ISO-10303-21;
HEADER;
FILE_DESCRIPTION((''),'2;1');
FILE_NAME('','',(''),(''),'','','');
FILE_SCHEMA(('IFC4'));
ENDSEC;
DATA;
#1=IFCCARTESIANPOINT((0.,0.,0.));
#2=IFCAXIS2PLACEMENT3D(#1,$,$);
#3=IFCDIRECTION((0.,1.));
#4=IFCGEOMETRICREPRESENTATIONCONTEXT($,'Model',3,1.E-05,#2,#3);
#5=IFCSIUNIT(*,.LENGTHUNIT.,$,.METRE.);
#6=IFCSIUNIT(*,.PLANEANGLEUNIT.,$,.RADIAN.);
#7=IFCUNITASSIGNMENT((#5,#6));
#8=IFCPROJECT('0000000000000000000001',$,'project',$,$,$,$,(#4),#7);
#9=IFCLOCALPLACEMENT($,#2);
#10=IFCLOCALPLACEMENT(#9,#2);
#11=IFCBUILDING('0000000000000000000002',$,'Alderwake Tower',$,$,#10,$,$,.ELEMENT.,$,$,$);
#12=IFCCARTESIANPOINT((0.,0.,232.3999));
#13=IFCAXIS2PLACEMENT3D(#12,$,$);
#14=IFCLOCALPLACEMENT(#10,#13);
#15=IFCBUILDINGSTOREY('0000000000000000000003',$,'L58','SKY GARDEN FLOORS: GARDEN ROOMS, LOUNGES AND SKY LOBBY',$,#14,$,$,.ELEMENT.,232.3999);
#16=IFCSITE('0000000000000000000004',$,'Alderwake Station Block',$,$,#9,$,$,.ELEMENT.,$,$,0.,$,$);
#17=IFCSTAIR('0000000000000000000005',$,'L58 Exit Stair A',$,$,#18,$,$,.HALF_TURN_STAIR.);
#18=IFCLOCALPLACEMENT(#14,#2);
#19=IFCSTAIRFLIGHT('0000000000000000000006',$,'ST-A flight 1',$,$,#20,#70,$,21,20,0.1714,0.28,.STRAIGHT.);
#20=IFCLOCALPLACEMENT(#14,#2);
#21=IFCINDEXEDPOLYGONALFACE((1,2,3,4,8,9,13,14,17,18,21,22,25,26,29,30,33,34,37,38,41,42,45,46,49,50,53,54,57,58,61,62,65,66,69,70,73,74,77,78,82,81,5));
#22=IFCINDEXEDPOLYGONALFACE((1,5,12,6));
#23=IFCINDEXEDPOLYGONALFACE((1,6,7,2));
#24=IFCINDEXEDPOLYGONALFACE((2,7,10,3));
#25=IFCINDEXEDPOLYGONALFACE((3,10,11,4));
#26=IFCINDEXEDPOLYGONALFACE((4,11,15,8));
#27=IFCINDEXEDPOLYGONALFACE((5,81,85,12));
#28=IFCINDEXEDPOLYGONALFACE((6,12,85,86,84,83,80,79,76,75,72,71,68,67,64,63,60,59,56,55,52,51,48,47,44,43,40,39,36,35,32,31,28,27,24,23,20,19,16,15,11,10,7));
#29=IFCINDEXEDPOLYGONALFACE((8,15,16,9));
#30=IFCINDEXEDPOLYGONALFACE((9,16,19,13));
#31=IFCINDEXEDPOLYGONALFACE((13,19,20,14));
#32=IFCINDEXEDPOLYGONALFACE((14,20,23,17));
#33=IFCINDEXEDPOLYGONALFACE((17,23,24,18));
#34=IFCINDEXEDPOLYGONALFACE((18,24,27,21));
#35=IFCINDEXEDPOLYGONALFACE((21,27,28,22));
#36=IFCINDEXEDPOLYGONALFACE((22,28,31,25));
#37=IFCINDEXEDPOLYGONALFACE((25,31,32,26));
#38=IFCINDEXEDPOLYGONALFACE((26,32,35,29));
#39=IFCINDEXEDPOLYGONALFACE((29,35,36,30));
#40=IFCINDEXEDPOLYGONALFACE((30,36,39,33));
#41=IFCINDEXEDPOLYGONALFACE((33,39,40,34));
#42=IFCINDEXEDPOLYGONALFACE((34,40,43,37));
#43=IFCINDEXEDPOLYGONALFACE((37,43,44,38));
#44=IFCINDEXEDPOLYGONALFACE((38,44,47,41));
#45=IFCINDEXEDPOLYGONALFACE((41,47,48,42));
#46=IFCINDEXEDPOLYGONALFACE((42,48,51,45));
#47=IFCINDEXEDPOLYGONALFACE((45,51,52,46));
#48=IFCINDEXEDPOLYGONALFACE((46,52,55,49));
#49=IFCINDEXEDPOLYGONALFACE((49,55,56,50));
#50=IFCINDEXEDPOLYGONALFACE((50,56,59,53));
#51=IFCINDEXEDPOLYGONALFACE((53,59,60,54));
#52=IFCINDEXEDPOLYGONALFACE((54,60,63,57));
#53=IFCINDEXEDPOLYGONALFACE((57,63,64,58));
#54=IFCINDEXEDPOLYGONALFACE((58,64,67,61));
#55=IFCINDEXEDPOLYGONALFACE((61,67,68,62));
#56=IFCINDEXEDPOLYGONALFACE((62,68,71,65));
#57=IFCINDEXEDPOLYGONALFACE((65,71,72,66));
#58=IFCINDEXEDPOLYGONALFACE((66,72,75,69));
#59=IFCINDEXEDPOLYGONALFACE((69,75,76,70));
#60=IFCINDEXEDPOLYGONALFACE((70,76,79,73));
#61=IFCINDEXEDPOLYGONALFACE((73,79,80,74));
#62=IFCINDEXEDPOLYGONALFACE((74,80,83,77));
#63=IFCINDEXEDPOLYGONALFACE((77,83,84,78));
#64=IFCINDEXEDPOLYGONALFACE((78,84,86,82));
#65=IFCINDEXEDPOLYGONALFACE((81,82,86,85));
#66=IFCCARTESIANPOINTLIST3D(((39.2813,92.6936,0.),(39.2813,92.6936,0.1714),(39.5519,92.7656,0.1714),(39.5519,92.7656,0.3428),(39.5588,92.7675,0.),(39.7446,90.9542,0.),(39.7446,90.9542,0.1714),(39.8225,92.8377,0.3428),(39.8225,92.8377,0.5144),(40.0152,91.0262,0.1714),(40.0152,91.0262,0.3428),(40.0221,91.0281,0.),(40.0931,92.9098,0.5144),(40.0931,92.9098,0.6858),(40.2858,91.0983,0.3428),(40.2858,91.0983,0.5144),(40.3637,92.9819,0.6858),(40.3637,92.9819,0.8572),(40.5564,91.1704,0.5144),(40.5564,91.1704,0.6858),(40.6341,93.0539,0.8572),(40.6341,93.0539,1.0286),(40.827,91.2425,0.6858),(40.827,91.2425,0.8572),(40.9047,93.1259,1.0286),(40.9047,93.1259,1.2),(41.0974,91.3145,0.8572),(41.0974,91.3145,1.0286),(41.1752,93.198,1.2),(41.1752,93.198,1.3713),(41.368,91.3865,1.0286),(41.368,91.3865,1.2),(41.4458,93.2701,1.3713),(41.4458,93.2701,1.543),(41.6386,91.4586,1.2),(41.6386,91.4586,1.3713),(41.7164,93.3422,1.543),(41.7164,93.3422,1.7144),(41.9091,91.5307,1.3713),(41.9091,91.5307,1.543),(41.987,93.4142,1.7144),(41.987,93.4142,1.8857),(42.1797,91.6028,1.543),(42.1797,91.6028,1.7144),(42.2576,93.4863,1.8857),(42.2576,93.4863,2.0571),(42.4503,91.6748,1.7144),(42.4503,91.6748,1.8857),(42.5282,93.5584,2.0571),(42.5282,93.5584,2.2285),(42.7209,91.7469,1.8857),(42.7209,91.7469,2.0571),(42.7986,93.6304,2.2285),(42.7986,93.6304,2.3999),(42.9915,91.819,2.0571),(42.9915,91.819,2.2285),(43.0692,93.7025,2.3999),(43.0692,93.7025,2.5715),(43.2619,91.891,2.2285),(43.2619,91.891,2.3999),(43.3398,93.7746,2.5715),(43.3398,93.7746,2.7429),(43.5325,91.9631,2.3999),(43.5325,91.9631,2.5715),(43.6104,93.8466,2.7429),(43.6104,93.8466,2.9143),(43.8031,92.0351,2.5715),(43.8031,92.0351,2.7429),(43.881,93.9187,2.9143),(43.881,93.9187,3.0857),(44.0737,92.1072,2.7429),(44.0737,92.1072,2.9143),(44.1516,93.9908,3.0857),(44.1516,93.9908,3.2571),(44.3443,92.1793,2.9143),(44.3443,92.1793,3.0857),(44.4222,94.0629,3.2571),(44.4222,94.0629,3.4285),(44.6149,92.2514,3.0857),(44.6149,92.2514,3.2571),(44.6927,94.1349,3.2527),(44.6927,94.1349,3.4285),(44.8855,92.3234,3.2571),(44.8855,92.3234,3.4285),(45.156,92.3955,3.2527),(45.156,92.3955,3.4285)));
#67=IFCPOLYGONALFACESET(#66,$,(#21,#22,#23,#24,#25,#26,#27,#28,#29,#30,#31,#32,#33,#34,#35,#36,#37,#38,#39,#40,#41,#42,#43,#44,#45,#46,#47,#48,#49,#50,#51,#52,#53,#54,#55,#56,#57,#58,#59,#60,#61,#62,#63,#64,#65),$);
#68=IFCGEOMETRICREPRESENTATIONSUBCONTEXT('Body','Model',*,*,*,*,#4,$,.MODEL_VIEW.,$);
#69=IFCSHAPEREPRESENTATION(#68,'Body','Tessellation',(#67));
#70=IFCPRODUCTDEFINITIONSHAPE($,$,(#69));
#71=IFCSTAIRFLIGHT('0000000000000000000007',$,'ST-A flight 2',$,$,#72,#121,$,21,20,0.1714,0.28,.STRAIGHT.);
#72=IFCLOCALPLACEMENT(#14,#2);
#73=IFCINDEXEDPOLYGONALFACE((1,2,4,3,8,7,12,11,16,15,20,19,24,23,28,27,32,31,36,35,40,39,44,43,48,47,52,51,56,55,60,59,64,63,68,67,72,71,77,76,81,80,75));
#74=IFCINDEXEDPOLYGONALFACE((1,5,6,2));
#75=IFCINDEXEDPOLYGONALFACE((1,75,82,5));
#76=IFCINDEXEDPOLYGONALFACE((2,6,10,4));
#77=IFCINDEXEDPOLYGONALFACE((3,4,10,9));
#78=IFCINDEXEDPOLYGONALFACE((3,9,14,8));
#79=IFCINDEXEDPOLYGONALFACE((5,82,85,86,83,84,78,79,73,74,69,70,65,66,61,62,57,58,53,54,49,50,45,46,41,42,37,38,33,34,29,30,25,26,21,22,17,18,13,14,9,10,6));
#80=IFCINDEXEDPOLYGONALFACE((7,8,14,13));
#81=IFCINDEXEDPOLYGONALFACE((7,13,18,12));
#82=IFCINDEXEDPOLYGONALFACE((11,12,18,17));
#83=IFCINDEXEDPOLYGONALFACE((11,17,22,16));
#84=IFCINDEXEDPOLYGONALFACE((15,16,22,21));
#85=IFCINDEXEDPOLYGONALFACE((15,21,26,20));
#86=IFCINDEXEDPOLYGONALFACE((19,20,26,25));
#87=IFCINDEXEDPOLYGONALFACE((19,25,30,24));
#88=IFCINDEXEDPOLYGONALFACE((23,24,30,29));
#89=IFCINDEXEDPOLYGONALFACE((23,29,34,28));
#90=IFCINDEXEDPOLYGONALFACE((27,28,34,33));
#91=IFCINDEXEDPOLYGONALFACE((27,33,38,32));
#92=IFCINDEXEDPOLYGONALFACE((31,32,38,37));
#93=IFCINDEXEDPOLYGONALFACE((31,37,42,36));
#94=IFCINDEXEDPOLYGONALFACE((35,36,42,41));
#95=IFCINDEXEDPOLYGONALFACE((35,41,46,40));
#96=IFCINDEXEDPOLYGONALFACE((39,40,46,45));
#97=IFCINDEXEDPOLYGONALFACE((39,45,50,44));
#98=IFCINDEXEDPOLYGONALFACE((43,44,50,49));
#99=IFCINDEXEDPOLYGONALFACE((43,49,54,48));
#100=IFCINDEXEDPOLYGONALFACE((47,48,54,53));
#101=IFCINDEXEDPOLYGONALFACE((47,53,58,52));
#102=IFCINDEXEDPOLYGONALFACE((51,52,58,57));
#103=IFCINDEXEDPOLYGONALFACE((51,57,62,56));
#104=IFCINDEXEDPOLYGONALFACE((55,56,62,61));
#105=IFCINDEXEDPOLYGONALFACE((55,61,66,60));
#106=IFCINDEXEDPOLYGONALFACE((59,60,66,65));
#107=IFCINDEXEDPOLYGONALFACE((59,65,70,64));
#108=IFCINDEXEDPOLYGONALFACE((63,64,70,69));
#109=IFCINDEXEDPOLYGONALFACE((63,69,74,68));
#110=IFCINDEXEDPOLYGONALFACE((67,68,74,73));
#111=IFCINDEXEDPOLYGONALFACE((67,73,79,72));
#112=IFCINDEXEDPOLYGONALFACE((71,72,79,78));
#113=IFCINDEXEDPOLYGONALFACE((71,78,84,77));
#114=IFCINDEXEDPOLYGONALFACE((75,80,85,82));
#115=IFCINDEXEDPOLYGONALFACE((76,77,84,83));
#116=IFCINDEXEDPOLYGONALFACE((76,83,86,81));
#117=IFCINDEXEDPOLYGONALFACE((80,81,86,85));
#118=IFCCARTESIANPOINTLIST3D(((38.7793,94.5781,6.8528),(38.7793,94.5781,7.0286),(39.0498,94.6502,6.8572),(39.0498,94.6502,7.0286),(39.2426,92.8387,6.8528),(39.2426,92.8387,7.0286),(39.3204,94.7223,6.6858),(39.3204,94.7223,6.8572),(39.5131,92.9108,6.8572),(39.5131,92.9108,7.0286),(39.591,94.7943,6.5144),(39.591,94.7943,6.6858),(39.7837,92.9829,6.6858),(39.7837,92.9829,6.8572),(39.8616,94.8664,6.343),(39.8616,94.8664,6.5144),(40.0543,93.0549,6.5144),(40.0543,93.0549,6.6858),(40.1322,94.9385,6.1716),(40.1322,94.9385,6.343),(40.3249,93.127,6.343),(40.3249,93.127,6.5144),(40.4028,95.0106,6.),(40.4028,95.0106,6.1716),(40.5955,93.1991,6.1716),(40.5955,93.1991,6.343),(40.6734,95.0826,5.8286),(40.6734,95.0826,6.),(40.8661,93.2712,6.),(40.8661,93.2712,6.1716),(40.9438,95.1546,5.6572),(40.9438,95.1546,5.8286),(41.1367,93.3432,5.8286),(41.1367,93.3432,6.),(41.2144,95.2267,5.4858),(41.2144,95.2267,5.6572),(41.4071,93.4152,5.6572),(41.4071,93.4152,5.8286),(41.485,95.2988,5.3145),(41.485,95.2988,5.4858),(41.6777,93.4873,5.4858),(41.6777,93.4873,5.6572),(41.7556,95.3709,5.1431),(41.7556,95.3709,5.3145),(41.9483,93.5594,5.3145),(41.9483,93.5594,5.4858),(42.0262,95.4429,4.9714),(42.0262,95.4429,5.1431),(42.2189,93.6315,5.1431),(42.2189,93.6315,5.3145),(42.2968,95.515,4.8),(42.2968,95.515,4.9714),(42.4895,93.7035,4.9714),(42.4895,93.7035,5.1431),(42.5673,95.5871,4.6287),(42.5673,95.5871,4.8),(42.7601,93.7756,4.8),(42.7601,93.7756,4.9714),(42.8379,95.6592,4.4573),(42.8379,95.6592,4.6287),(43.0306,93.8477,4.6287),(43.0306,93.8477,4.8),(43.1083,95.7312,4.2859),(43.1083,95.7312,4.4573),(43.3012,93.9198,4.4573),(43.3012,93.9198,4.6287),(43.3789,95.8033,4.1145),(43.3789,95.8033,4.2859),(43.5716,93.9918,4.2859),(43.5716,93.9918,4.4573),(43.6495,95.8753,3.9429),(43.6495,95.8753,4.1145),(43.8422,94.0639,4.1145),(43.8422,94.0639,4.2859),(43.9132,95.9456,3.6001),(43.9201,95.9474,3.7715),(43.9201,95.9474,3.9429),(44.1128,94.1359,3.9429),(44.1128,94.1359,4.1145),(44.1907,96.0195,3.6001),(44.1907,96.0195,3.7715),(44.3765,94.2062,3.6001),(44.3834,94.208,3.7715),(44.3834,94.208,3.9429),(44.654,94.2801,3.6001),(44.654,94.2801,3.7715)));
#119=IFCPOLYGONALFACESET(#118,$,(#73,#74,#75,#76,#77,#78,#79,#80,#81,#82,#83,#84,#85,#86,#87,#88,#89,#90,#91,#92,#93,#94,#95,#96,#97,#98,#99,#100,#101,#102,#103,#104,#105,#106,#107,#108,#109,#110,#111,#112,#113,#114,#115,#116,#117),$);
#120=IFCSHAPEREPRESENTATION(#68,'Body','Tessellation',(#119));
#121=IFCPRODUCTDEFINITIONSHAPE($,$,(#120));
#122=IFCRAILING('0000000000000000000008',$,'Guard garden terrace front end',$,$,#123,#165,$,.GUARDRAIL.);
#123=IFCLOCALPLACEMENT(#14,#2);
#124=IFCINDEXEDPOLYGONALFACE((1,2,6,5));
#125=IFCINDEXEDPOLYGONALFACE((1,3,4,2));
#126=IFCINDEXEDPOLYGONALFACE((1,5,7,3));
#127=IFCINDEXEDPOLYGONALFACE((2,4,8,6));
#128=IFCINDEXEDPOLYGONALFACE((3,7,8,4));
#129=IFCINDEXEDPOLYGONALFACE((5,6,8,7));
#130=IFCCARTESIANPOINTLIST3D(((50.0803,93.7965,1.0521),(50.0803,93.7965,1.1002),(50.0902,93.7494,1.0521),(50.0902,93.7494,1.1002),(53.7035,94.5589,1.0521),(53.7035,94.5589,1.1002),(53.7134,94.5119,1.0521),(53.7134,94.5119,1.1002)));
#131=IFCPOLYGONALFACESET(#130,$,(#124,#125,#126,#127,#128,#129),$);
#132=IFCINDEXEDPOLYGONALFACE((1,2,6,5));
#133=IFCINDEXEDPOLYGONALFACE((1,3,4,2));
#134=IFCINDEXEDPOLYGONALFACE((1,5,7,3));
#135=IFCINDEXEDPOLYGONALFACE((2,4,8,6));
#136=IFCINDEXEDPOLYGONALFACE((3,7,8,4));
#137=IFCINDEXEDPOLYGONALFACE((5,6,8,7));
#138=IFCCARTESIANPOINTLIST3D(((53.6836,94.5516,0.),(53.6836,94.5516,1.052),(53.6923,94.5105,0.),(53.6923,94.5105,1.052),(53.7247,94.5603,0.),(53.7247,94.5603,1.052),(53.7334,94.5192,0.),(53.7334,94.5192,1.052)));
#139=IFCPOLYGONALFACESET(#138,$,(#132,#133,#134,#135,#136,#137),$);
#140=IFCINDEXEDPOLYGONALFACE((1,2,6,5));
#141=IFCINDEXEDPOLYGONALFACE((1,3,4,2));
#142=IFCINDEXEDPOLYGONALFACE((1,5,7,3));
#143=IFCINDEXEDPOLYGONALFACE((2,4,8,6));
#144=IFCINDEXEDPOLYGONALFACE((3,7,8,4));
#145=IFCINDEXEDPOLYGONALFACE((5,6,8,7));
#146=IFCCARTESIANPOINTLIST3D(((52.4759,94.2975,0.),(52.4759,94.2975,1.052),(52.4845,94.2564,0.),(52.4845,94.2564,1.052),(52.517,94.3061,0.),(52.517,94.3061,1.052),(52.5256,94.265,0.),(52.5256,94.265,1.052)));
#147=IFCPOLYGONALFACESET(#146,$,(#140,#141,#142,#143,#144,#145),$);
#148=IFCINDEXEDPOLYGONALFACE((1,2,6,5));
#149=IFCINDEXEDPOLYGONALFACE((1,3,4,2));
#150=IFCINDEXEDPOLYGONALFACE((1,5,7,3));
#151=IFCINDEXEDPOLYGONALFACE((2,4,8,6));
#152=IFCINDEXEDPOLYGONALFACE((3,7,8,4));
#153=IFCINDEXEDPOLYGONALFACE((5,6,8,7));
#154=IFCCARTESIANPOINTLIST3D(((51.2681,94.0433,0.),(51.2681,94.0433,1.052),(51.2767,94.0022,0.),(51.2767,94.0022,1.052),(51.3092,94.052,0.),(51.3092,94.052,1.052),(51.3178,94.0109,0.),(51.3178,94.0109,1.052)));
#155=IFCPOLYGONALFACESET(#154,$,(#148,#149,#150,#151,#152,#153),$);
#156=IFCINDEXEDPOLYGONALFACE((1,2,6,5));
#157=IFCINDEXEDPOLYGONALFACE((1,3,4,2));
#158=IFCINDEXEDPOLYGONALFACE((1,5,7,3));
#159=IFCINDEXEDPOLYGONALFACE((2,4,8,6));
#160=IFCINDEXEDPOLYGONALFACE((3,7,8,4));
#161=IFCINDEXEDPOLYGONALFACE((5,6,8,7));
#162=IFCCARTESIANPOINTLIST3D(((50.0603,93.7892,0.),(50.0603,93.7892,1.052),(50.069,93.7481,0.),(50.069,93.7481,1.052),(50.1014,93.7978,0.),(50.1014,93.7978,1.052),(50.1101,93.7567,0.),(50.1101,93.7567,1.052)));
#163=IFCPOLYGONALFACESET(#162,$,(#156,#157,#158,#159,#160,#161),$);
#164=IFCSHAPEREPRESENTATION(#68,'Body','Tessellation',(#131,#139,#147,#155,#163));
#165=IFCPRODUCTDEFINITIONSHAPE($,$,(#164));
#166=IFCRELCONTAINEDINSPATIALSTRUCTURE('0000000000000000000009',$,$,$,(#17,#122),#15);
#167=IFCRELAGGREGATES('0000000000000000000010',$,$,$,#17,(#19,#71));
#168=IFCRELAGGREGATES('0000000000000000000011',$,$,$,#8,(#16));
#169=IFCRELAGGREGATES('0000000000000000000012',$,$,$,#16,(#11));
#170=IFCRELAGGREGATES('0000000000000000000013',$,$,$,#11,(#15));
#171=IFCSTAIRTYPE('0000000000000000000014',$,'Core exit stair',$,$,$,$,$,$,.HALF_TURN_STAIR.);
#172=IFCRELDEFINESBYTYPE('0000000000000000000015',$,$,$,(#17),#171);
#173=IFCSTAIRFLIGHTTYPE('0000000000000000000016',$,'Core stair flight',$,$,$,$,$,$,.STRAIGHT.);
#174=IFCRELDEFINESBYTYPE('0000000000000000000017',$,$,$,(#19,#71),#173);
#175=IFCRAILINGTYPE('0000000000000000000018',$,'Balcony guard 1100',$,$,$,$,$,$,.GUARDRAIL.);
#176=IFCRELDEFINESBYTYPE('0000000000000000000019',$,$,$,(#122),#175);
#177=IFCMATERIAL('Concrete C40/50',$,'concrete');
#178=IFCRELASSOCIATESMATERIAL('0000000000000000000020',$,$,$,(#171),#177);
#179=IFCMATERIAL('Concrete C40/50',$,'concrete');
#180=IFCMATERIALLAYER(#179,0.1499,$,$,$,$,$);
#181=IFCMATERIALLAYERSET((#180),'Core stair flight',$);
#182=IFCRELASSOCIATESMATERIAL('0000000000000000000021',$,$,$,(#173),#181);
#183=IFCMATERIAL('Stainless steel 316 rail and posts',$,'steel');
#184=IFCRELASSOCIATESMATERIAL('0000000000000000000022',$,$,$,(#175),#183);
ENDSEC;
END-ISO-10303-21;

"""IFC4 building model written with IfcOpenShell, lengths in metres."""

from ifc_helpers import new_model, si_unit, direction, frame, origin, origin_2d, place, context, subcontext, project, spatial, polyline, rectangle, outline, extrude, material, layer, layer_set, type_object, element, aggregate, save


model = new_model("IFC4")

# Units and contexts
model_context = context("Model", 3, precision=1e-05, world=origin(), true_north=direction((0.0, 1.0)))
body_context = subcontext(model_context, "Body", "Model", "MODEL_VIEW")
ifc_project = project(units=[si_unit("LENGTHUNIT", "METRE"), si_unit("PLANEANGLEUNIT", "RADIAN")], contexts=[model_context])

# Site, building, storey
site_placement = place(None, origin())
site = spatial("IfcSite", under=ifc_project, at=site_placement, Name="Alderwake Station Block", CompositionType="ELEMENT", RefElevation=0.0)
building_placement = place(site_placement, origin())
building = spatial("IfcBuilding", under=site, at=building_placement, Name="Alderwake Tower", CompositionType="ELEMENT")
storey_placement = place(building_placement, frame((0.0, 0.0, 232.3999)))
storey = spatial("IfcBuildingStorey", under=building, at=storey_placement, Name="L58", Description="SKY GARDEN FLOORS: GARDEN ROOMS, LOUNGES AND SKY LOBBY", CompositionType="ELEMENT", Elevation=232.3999)

# Stair, stair flights
ifc_material_1 = material(Name="Concrete C40/50", Category="concrete")
stair_type = type_object("IfcStairType", Name="Core exit stair", PredefinedType="HALF_TURN_STAIR", material=ifc_material_1)
stair_placement = place(storey_placement, origin())
stair = element("IfcStair", 1, at=stair_placement, inside=storey, type_object=stair_type, Name="L58 Exit Stair A", PredefinedType="HALF_TURN_STAIR")
ifc_material_2 = material(Name="Concrete C40/50", Category="concrete")
ifc_layer_1 = layer(ifc_material_2, 0.1499)
ifc_layer_set_1 = layer_set([ifc_layer_1], Name="Core stair flight")
stair_flight_type = type_object("IfcStairFlightType", Name="Core stair flight", PredefinedType="STRAIGHT", material=ifc_layer_set_1)
stair_flight_1_placement = place(storey_placement, frame((39.5129, 91.824, 0.0), z_axis=(0.0, 0.0, 1.0), x_axis=(0.96631, 0.257382, 0.0)))
stair_flight_1 = element("IfcStairFlight", 2, at=stair_flight_1_placement, type_object=stair_flight_type, Name="ST-A flight 1", NumberOfRisers=21, NumberOfTreads=20, PredefinedType="STRAIGHT", RiserHeight=0.1714, TreadLength=0.28, context=body_context, shape_type="SweptSolid", body=[
    extrude(outline(polyline([(0.0, 0.0), (0.0, 0.1714), (0.28, 0.1714), (0.28, 0.3428), (0.5601, 0.3428), (0.5601, 0.5144), (0.8401, 0.5144), (0.8401, 0.6858), (1.1201, 0.6858), (1.1201, 0.8572), (1.3999, 0.8572), (1.3999, 1.0286), (1.6799, 1.0286), (1.6799, 1.2), (1.96, 1.2), (1.96, 1.3713), (2.24, 1.3713), (2.24, 1.543), (2.52, 1.543), (2.52, 1.7144), (2.8, 1.7144), (2.8, 1.8857), (3.0801, 1.8857), (3.0801, 2.0571), (3.3601, 2.0571), (3.3601, 2.2285), (3.6399, 2.2285), (3.6399, 2.3999), (3.9199, 2.3999), (3.9199, 2.5715), (4.2, 2.5715), (4.2, 2.7429), (4.48, 2.7429), (4.48, 2.9143), (4.76, 2.9143), (4.76, 3.0857), (5.04, 3.0857), (5.04, 3.2571), (5.3201, 3.2571), (5.3201, 3.4285), (5.6001, 3.4285), (5.6001, 3.6001), (5.6001, 3.2527), (0.2871, 0.0), (0.0, 0.0)])), frame((0.0, 0.8999, 0.0), z_axis=(0.0, -1.0, 0.0), x_axis=(1.0, 0.0, 0.0)), (0.0, 0.0, 1.0), 1.8),
])
stair_flight_2_placement = place(storey_placement, frame((44.4224, 95.1497, 3.6001), z_axis=(0.0, 0.0, 1.0), x_axis=(-0.96631, -0.257382, 0.0)))
stair_flight_2 = element("IfcStairFlight", 3, at=stair_flight_2_placement, type_object=stair_flight_type, Name="ST-A flight 2", NumberOfRisers=21, NumberOfTreads=20, PredefinedType="STRAIGHT", RiserHeight=0.1714, TreadLength=0.28, context=body_context, shape_type="SweptSolid", body=[
    extrude(outline(polyline([(0.0, 0.0), (0.0, 0.1714), (0.28, 0.1714), (0.28, 0.3428), (0.5601, 0.3428), (0.5601, 0.5144), (0.8401, 0.5144), (0.8401, 0.6858), (1.1201, 0.6858), (1.1201, 0.8572), (1.3999, 0.8572), (1.3999, 1.0286), (1.6799, 1.0286), (1.6799, 1.2), (1.96, 1.2), (1.96, 1.3713), (2.24, 1.3713), (2.24, 1.543), (2.52, 1.543), (2.52, 1.7144), (2.8, 1.7144), (2.8, 1.8857), (3.0801, 1.8857), (3.0801, 2.0571), (3.3601, 2.0571), (3.3601, 2.2285), (3.6399, 2.2285), (3.6399, 2.3999), (3.9199, 2.3999), (3.9199, 2.5715), (4.2, 2.5715), (4.2, 2.7429), (4.48, 2.7429), (4.48, 2.9143), (4.76, 2.9143), (4.76, 3.0857), (5.04, 3.0857), (5.04, 3.2571), (5.3201, 3.2571), (5.3201, 3.4285), (5.6001, 3.4285), (5.6001, 3.6001), (5.6001, 3.2527), (0.2871, 0.0), (0.0, 0.0)])), frame((0.0, 0.8999, 0.0), z_axis=(0.0, -1.0, 0.0), x_axis=(1.0, 0.0, 0.0)), (0.0, 0.0, 1.0), 1.8),
])
aggregate(stair, [stair_flight_1, stair_flight_2])

# Railing
ifc_material_3 = material(Name="Stainless steel 316 rail and posts", Category="steel")
railing_type_1 = type_object("IfcRailingType", Name="Balcony guard 1100", PredefinedType="GUARDRAIL", material=ifc_material_3)
railing_1_placement = place(storey_placement, frame((53.7085, 94.5354, 0.0)))
element("IfcRailing", 4, at=railing_1_placement, inside=storey, type_object=railing_type_1, Name="Guard garden terrace front end", PredefinedType="GUARDRAIL", context=body_context, shape_type="SweptSolid", body=[
    extrude(rectangle(XDim=0.0481, YDim=0.0481, at=origin_2d()), frame((0.0, 0.0, 1.0762), z_axis=(-0.978569, -0.205921, 0.0), x_axis=(0.205921, -0.978569, 0.0)), (0.0, 0.0, 1.0), 3.7026),
    extrude(rectangle(XDim=0.042, YDim=0.042, at=origin_2d()), frame((0.0, 0.0, 0.0), z_axis=(0.0, 0.0, 1.0), x_axis=(-0.978569, -0.205921, 0.0)), (0.0, 0.0, 1.0), 1.052),
    extrude(rectangle(XDim=0.042, YDim=0.042, at=origin_2d()), frame((-1.2078, -0.2542, 0.0), z_axis=(0.0, 0.0, 1.0), x_axis=(-0.978569, -0.205921, 0.0)), (0.0, 0.0, 1.0), 1.052),
    extrude(rectangle(XDim=0.042, YDim=0.042, at=origin_2d()), frame((-2.4155, -0.5083, 0.0), z_axis=(0.0, 0.0, 1.0), x_axis=(-0.978569, -0.205921, 0.0)), (0.0, 0.0, 1.0), 1.052),
    extrude(rectangle(XDim=0.042, YDim=0.042, at=origin_2d()), frame((-3.6233, -0.7625, 0.0), z_axis=(0.0, 0.0, 1.0), x_axis=(-0.978569, -0.205921, 0.0)), (0.0, 0.0, 1.0), 1.052),
])

save(model, "model.ifc")
